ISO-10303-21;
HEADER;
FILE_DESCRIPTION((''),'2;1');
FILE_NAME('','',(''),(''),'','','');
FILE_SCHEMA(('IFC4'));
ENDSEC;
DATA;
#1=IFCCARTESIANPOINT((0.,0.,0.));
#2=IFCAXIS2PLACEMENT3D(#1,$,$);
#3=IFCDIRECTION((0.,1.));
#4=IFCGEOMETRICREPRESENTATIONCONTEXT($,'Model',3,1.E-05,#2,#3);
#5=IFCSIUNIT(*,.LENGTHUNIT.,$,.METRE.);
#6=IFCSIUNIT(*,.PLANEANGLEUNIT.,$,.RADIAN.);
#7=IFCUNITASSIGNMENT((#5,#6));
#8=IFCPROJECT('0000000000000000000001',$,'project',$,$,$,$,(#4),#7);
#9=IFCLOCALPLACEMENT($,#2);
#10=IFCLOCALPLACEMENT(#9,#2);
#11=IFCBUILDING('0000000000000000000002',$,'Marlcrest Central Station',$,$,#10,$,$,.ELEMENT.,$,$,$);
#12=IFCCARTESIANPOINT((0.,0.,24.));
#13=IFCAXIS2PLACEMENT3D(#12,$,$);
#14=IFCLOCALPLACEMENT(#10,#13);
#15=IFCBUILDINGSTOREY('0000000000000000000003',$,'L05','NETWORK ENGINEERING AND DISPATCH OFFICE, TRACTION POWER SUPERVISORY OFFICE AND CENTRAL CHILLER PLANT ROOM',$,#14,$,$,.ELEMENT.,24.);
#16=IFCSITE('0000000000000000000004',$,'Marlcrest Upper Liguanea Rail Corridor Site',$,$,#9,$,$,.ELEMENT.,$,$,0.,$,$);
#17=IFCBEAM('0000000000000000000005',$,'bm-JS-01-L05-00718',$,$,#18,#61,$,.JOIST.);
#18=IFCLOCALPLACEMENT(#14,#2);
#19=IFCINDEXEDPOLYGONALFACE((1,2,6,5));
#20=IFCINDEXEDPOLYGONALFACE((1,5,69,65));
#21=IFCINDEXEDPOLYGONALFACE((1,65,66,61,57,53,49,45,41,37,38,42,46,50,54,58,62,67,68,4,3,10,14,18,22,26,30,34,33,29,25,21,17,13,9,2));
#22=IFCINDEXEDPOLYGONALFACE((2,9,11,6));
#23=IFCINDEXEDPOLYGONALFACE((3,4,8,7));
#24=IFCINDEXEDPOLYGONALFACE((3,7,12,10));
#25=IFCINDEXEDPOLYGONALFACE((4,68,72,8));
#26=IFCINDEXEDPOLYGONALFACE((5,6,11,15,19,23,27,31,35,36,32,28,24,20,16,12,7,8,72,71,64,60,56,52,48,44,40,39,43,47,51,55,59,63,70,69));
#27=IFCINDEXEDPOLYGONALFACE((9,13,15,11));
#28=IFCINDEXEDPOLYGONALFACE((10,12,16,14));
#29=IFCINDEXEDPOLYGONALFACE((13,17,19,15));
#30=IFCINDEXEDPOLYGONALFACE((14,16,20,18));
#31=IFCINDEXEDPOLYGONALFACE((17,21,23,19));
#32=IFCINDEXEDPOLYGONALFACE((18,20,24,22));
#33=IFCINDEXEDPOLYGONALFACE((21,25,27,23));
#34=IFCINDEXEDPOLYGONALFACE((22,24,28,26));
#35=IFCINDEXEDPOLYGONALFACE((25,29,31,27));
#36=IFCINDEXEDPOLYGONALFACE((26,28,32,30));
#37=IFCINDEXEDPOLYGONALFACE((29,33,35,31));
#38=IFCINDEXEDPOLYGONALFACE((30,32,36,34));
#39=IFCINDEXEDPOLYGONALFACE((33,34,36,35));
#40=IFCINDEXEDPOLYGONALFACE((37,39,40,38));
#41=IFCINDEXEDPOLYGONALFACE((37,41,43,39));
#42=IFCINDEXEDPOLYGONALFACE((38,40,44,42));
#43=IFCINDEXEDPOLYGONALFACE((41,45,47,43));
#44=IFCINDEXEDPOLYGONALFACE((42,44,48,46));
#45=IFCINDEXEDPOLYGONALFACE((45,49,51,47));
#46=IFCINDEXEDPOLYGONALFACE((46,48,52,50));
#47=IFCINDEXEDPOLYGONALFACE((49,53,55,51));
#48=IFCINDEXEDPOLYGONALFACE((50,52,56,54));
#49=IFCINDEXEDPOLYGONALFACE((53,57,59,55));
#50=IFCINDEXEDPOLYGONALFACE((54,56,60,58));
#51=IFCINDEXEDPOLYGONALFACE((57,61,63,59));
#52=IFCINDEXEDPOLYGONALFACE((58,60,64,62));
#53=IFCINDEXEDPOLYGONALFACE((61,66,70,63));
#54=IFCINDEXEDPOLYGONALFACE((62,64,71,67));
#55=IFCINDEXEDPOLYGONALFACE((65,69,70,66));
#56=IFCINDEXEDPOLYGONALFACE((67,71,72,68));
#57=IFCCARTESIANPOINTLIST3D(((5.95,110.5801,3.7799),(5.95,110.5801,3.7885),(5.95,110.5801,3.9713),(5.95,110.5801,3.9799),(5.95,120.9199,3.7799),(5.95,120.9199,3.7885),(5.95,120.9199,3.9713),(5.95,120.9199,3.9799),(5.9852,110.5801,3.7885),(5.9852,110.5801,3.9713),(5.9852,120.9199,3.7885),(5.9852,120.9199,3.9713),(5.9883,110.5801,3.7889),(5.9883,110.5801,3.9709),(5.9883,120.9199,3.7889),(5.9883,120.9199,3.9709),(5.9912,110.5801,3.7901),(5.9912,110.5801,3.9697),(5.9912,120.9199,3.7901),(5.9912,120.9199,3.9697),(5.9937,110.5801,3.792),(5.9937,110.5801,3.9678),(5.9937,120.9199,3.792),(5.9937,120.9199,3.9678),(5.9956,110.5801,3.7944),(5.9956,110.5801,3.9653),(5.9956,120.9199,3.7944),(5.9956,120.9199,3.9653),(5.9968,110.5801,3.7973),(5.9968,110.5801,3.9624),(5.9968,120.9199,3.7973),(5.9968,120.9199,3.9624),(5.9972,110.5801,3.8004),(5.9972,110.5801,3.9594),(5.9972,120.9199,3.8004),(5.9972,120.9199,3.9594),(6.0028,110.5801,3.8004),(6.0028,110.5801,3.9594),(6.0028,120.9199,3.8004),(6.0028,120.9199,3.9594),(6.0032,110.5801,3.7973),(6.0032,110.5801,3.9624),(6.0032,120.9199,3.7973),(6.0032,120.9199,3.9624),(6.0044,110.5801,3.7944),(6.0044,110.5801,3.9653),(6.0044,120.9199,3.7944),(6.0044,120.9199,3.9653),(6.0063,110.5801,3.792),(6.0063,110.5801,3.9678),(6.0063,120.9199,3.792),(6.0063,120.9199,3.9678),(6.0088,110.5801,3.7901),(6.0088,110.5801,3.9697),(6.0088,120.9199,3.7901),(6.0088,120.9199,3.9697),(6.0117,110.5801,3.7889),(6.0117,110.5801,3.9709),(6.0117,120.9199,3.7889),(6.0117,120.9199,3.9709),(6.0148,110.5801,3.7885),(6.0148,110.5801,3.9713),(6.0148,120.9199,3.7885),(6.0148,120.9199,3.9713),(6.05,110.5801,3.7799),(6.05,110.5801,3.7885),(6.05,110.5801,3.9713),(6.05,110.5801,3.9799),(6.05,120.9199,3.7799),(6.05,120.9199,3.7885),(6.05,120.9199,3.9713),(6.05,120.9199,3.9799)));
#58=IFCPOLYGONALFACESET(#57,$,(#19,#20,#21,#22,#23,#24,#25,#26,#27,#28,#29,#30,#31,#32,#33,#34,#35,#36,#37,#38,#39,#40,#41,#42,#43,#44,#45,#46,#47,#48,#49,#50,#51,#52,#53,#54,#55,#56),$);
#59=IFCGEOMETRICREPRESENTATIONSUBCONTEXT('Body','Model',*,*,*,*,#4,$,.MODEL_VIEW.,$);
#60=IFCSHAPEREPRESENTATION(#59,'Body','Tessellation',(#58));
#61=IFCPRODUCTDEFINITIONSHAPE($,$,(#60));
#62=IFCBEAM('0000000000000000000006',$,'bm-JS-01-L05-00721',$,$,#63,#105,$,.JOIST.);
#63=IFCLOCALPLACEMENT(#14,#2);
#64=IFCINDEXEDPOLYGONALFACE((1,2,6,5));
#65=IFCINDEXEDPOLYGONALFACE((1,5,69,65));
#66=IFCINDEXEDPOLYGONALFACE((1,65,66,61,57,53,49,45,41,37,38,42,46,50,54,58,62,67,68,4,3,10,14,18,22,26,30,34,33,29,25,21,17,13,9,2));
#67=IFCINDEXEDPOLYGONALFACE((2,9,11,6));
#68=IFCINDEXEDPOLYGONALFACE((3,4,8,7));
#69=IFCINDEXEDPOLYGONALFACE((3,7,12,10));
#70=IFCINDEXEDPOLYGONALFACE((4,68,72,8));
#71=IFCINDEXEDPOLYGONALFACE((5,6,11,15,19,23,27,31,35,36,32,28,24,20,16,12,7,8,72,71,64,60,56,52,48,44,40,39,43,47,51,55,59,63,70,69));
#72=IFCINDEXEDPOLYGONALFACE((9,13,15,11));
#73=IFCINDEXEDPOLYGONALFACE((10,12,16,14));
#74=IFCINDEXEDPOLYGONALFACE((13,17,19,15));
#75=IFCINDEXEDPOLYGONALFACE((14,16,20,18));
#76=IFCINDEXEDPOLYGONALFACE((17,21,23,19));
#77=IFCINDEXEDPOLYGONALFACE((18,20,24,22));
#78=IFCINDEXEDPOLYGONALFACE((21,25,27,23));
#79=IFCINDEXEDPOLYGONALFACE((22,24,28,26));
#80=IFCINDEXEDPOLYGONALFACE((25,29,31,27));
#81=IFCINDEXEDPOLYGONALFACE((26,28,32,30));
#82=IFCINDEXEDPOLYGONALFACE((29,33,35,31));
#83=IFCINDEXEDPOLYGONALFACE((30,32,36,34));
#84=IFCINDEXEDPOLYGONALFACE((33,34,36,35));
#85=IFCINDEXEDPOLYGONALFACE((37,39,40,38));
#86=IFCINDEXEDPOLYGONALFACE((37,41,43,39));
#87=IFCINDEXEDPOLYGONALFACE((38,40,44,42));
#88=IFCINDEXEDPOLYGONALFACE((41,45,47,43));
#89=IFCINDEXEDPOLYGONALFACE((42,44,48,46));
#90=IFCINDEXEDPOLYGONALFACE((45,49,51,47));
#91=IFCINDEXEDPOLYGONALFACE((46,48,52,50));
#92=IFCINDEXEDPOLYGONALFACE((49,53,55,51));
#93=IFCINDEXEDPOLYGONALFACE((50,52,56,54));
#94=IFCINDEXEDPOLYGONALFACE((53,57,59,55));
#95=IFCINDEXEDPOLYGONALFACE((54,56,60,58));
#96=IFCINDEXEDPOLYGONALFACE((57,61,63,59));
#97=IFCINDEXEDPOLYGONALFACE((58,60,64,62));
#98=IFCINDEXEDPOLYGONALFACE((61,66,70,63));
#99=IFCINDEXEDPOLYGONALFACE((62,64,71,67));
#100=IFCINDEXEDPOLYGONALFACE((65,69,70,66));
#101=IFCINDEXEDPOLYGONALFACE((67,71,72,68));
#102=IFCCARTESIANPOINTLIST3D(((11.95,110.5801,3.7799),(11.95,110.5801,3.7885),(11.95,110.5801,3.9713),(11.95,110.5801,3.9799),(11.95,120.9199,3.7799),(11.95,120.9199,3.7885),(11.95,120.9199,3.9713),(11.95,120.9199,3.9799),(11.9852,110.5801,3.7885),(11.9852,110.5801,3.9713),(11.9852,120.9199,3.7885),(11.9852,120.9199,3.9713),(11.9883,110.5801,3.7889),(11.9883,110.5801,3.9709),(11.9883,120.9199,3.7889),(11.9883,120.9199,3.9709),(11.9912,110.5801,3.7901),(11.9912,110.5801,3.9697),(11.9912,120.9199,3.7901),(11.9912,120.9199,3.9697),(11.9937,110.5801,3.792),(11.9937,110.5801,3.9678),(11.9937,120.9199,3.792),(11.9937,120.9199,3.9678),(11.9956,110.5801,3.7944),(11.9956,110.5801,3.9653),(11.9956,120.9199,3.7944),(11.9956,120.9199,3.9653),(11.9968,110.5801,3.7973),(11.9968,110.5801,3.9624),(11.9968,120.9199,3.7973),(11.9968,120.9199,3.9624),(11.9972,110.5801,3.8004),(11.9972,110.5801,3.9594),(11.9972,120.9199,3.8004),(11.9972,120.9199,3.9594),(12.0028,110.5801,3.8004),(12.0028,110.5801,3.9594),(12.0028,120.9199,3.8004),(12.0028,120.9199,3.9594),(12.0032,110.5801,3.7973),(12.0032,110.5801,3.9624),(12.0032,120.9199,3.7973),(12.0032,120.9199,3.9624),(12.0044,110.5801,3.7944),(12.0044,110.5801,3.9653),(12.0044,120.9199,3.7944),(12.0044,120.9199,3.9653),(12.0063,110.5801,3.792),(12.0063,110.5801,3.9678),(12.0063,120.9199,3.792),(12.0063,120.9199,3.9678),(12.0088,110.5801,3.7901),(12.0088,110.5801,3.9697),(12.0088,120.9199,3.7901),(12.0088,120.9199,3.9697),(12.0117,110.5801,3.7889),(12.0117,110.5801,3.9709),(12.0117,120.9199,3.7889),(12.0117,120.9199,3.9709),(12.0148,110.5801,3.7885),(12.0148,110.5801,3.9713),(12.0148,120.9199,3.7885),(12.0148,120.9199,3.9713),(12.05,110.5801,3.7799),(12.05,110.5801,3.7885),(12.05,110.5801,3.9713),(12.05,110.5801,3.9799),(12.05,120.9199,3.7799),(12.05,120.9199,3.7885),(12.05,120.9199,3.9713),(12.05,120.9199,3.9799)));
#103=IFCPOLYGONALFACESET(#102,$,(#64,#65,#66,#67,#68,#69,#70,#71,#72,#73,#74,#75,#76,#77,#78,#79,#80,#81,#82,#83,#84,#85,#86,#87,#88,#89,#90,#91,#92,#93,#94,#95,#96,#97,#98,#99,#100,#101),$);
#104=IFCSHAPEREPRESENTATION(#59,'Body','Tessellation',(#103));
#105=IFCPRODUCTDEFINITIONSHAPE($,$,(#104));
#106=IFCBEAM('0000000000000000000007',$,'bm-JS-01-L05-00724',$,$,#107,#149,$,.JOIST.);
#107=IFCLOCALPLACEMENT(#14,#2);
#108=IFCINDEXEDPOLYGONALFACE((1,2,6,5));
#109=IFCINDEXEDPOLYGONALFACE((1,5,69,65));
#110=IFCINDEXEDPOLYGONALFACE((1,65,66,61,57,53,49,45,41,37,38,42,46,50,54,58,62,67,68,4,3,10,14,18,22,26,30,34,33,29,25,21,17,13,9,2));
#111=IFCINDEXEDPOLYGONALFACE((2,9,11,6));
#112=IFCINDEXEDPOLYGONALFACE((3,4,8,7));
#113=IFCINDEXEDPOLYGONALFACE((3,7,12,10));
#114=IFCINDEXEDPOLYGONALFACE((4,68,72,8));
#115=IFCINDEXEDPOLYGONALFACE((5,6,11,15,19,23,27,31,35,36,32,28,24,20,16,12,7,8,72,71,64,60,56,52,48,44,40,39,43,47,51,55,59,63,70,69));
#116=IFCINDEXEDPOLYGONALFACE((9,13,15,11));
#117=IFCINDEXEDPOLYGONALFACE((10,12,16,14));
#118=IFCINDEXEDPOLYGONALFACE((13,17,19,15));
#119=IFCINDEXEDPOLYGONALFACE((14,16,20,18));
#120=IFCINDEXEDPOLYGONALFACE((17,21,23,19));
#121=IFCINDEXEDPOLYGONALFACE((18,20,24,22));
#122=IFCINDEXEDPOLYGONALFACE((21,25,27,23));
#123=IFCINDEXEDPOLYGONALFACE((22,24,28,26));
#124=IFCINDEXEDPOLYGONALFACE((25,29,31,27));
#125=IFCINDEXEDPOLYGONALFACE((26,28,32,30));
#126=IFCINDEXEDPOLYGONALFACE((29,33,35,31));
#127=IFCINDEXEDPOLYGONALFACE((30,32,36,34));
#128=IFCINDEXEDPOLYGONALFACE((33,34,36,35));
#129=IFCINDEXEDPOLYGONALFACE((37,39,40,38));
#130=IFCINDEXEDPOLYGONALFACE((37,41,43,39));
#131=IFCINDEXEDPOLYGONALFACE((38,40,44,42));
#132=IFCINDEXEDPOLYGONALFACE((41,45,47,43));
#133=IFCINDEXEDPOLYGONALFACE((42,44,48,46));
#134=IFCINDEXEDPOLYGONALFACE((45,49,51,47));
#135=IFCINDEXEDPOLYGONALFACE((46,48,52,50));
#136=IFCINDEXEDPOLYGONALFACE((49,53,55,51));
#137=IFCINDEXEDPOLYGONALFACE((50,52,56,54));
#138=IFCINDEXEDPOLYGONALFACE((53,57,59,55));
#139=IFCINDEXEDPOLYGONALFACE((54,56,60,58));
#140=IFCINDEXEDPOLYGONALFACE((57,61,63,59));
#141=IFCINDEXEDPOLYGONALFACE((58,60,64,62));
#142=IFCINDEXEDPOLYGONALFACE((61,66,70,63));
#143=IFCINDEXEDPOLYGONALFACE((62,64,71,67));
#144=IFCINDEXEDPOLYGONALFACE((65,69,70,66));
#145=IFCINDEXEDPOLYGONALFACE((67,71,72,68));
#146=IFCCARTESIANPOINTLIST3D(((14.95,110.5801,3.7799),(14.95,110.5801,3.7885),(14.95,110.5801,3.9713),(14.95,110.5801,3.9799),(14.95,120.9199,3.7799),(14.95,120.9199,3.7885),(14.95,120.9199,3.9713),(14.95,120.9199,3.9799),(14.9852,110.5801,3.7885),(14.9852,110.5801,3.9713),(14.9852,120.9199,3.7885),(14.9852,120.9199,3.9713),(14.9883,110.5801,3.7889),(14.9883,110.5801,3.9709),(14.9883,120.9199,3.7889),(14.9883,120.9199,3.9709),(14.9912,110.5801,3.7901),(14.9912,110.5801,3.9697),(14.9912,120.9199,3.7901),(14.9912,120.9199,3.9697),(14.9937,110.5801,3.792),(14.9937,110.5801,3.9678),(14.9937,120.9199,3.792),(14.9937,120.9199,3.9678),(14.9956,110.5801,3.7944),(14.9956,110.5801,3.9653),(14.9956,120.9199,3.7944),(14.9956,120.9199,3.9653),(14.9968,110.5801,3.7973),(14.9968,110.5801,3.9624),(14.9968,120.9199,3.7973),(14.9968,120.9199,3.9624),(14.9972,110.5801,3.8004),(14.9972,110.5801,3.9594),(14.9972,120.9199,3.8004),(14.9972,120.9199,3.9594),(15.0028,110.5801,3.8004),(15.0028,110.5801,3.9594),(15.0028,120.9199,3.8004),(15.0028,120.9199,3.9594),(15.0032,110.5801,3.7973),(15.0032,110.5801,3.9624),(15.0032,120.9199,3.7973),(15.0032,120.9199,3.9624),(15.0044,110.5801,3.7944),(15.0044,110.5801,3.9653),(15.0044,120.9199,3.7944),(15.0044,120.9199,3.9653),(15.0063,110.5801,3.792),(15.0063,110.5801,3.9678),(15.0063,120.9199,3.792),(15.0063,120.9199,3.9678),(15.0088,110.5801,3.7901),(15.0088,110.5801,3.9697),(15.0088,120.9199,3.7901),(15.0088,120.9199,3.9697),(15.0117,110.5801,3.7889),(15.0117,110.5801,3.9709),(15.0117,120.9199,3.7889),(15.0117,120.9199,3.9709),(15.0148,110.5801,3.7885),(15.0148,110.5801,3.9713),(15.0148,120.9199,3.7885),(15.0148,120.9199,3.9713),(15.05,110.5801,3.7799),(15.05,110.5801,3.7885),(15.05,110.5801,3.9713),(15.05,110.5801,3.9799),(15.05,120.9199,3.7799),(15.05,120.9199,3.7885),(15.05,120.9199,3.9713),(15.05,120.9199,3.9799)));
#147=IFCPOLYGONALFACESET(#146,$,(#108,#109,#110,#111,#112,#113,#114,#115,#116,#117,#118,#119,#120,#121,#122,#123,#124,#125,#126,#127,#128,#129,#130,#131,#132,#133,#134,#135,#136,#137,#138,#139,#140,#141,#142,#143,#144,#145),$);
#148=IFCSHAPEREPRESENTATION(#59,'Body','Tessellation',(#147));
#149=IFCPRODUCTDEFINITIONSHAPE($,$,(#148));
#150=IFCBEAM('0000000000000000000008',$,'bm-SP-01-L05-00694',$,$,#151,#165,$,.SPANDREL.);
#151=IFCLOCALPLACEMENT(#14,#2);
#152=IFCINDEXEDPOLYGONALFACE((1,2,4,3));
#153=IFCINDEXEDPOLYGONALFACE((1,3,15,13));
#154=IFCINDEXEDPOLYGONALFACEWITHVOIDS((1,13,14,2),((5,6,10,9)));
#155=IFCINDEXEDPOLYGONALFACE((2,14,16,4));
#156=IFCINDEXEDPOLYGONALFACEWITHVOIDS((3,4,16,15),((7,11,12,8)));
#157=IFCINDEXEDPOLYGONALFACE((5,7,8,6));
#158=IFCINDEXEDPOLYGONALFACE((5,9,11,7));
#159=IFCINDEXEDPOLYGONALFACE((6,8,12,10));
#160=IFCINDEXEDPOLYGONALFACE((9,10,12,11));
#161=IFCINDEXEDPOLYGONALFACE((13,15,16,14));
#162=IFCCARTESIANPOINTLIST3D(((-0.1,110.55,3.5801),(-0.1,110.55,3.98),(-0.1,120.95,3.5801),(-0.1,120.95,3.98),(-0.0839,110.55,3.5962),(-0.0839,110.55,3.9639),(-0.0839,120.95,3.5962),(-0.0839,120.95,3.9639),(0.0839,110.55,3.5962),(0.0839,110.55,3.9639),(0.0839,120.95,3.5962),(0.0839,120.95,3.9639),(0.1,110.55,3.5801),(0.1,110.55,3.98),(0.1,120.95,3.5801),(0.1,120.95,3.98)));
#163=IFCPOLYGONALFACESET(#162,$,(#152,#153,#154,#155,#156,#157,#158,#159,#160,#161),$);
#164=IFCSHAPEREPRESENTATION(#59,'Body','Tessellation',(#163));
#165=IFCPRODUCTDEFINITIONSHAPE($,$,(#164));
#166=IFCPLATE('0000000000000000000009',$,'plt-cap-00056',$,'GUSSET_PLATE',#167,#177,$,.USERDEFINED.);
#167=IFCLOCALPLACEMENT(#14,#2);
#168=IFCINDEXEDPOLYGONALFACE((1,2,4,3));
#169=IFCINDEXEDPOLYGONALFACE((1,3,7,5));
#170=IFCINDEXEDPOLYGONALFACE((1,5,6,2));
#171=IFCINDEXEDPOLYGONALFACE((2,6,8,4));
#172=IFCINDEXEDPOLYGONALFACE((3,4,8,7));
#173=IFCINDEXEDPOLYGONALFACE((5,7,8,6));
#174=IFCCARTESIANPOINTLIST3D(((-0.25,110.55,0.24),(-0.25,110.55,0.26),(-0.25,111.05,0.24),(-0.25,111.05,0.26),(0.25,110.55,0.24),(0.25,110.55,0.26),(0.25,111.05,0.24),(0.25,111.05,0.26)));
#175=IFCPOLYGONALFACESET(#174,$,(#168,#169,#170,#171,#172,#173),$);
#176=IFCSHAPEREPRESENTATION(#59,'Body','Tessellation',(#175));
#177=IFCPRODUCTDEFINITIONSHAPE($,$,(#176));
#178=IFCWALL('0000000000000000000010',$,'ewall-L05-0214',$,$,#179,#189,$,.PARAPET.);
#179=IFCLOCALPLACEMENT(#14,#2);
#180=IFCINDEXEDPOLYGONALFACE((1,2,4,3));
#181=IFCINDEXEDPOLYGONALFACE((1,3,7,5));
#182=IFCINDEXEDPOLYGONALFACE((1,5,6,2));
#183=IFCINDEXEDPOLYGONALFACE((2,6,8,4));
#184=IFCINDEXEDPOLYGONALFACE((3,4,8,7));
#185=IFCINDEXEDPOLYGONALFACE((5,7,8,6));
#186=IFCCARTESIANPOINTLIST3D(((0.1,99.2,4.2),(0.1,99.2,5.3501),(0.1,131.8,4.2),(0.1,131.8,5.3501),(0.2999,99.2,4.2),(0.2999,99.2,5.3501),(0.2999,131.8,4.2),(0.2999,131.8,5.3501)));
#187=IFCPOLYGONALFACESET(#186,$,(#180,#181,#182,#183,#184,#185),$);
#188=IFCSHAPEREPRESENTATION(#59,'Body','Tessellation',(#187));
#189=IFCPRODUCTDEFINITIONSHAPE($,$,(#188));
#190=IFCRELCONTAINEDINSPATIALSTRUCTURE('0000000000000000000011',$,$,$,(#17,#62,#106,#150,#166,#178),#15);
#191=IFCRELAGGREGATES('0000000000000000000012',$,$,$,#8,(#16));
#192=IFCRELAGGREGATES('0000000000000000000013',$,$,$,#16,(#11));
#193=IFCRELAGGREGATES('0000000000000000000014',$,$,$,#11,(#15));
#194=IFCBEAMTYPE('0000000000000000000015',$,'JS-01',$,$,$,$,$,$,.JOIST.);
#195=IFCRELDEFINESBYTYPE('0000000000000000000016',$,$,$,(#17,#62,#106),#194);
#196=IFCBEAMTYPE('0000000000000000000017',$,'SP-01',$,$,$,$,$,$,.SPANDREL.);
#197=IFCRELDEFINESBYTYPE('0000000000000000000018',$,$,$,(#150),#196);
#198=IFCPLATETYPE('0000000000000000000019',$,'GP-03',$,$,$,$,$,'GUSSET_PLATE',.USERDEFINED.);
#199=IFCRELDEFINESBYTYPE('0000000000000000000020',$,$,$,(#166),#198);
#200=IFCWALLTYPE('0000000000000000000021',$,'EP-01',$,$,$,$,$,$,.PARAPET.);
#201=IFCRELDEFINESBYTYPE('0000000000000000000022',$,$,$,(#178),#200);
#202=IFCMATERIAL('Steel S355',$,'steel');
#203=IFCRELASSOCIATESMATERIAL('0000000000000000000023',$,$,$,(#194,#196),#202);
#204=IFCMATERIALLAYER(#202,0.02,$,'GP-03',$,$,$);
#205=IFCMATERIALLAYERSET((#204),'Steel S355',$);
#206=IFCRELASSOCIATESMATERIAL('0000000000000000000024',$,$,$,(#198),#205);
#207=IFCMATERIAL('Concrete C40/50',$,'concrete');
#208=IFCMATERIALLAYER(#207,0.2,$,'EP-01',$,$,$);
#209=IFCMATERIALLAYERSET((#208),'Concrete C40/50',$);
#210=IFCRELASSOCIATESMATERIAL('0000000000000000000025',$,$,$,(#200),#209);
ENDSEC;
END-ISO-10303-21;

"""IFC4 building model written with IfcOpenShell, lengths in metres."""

from ifc_helpers import new_model, si_unit, direction, frame, frame_2d, origin, origin_2d, place, context, subcontext, project, spatial, rectangle, hollow_rectangle, i_section, extrude, material, layer, layer_set, material_profile, profile_set, type_object, element, save


model = new_model("IFC4")

# Units and contexts
model_context = context("Model", 3, precision=1e-05, world=origin(), true_north=direction((0.0, 1.0)))
body_context = subcontext(model_context, "Body", "Model", "MODEL_VIEW")
ifc_project = project(units=[si_unit("LENGTHUNIT", "METRE"), si_unit("PLANEANGLEUNIT", "RADIAN")], contexts=[model_context])

# Site, building, storey
site_placement = place(None, origin())
site = spatial("IfcSite", under=ifc_project, at=site_placement, Name="Marlcrest Upper Liguanea Rail Corridor Site", CompositionType="ELEMENT", RefElevation=0.0)
building_placement = place(site_placement, origin())
building = spatial("IfcBuilding", under=site, at=building_placement, Name="Marlcrest Central Station", CompositionType="ELEMENT")
storey_placement = place(building_placement, frame((0.0, 0.0, 24.0)))
storey = spatial("IfcBuildingStorey", under=building, at=storey_placement, Name="L05", Description="NETWORK ENGINEERING AND DISPATCH OFFICE, TRACTION POWER SUPERVISORY OFFICE AND CENTRAL CHILLER PLANT ROOM", CompositionType="ELEMENT", Elevation=24.0)

# Shared definitions
ifc_material_1 = material(Name="Steel S355", Category="steel")

# Beams
ifc_material_profile_1 = material_profile(ifc_material_1, i_section(OverallWidth=0.1001, OverallDepth=0.2, WebThickness=0.0056, FlangeThickness=0.0085, FilletRadius=0.012, at=origin_2d()), Name="IPE 200")
ifc_profile_set_1 = profile_set([ifc_material_profile_1], Name="Steel S355")
beam_type_1 = type_object("IfcBeamType", Name="JS-01", PredefinedType="JOIST", material=ifc_profile_set_1)
for number, where, z_axis, x_axis, name in (
    (1, (6.0, 110.5801, 3.8799), (0.0, 1.0, 0.0), (-1.0, 0.0, 0.0), "bm-JS-01-L05-00718"),
    (2, (12.0, 110.5801, 3.8799), (0.0, 1.0, 0.0), (-1.0, 0.0, 0.0), "bm-JS-01-L05-00721"),
    (3, (15.0, 110.5801, 3.8799), (0.0, 1.0, 0.0), (-1.0, 0.0, 0.0), "bm-JS-01-L05-00724"),
):
    element("IfcBeam", number, at=place(storey_placement, frame(where, z_axis=z_axis, x_axis=x_axis)), inside=storey, type_object=beam_type_1, Name=name, PredefinedType="JOIST", context=body_context, shape_type="SweptSolid", body=[
        extrude(i_section(OverallWidth=0.1001, OverallDepth=0.2, WebThickness=0.0056, FlangeThickness=0.0085, FilletRadius=0.012, at=origin_2d()), origin(), (0.0, 0.0, 1.0), 10.3398),
    ])
ifc_material_profile_2 = material_profile(ifc_material_1, hollow_rectangle(XDim=0.2, YDim=0.3999, WallThickness=0.0161, at=origin_2d()), Name="RHS 400x200x16")
ifc_profile_set_2 = profile_set([ifc_material_profile_2], Name="Steel S355")
beam_type_2 = type_object("IfcBeamType", Name="SP-01", PredefinedType="SPANDREL", material=ifc_profile_set_2)
beam_placement = place(storey_placement, frame((0.0, 110.55, 3.78), z_axis=(0.0, 1.0, 0.0), x_axis=(-1.0, 0.0, 0.0)))
element("IfcBeam", 4, at=beam_placement, inside=storey, type_object=beam_type_2, Name="bm-SP-01-L05-00694", PredefinedType="SPANDREL", context=body_context, shape_type="SweptSolid", body=[
    extrude(hollow_rectangle(XDim=0.2, YDim=0.3999, WallThickness=0.0161, at=origin_2d()), origin(), (0.0, 0.0, 1.0), 10.3999),
])

# Plate
ifc_layer_1 = layer(ifc_material_1, 0.02, Name="GP-03")
ifc_layer_set_1 = layer_set([ifc_layer_1], Name="Steel S355")
plate_type = type_object("IfcPlateType", Name="GP-03", ElementType="GUSSET_PLATE", PredefinedType="USERDEFINED", material=ifc_layer_set_1)
plate_placement = place(storey_placement, frame((0.0, 110.8, 0.24), z_axis=(0.0, 0.0, 1.0), x_axis=(1.0, 0.0, 0.0)))
element("IfcPlate", 5, at=plate_placement, inside=storey, type_object=plate_type, Name="plt-cap-00056", ObjectType="GUSSET_PLATE", PredefinedType="USERDEFINED", context=body_context, shape_type="SweptSolid", body=[
    extrude(rectangle(XDim=0.5, YDim=0.5, at=origin_2d()), origin(), (0.0, 0.0, 1.0), 0.02),
])

# Wall
ifc_material_2 = material(Name="Concrete C40/50", Category="concrete")
ifc_layer_2 = layer(ifc_material_2, 0.2, Name="EP-01")
ifc_layer_set_2 = layer_set([ifc_layer_2], Name="Concrete C40/50")
wall_type_1 = type_object("IfcWallType", Name="EP-01", PredefinedType="PARAPET", material=ifc_layer_set_2)
wall_1_placement = place(storey_placement, frame((0.2, 99.2, 4.2), z_axis=(0.0, 0.0, 1.0), x_axis=(0.0, 1.0, 0.0)))
element("IfcWall", 6, at=wall_1_placement, inside=storey, type_object=wall_type_1, Name="ewall-L05-0214", PredefinedType="PARAPET", context=body_context, shape_type="SweptSolid", body=[
    extrude(rectangle(XDim=32.6001, YDim=0.2, at=frame_2d((16.3, 0.0))), origin(), (0.0, 0.0, 1.0), 1.1501),
])

save(model, "model.ifc")
